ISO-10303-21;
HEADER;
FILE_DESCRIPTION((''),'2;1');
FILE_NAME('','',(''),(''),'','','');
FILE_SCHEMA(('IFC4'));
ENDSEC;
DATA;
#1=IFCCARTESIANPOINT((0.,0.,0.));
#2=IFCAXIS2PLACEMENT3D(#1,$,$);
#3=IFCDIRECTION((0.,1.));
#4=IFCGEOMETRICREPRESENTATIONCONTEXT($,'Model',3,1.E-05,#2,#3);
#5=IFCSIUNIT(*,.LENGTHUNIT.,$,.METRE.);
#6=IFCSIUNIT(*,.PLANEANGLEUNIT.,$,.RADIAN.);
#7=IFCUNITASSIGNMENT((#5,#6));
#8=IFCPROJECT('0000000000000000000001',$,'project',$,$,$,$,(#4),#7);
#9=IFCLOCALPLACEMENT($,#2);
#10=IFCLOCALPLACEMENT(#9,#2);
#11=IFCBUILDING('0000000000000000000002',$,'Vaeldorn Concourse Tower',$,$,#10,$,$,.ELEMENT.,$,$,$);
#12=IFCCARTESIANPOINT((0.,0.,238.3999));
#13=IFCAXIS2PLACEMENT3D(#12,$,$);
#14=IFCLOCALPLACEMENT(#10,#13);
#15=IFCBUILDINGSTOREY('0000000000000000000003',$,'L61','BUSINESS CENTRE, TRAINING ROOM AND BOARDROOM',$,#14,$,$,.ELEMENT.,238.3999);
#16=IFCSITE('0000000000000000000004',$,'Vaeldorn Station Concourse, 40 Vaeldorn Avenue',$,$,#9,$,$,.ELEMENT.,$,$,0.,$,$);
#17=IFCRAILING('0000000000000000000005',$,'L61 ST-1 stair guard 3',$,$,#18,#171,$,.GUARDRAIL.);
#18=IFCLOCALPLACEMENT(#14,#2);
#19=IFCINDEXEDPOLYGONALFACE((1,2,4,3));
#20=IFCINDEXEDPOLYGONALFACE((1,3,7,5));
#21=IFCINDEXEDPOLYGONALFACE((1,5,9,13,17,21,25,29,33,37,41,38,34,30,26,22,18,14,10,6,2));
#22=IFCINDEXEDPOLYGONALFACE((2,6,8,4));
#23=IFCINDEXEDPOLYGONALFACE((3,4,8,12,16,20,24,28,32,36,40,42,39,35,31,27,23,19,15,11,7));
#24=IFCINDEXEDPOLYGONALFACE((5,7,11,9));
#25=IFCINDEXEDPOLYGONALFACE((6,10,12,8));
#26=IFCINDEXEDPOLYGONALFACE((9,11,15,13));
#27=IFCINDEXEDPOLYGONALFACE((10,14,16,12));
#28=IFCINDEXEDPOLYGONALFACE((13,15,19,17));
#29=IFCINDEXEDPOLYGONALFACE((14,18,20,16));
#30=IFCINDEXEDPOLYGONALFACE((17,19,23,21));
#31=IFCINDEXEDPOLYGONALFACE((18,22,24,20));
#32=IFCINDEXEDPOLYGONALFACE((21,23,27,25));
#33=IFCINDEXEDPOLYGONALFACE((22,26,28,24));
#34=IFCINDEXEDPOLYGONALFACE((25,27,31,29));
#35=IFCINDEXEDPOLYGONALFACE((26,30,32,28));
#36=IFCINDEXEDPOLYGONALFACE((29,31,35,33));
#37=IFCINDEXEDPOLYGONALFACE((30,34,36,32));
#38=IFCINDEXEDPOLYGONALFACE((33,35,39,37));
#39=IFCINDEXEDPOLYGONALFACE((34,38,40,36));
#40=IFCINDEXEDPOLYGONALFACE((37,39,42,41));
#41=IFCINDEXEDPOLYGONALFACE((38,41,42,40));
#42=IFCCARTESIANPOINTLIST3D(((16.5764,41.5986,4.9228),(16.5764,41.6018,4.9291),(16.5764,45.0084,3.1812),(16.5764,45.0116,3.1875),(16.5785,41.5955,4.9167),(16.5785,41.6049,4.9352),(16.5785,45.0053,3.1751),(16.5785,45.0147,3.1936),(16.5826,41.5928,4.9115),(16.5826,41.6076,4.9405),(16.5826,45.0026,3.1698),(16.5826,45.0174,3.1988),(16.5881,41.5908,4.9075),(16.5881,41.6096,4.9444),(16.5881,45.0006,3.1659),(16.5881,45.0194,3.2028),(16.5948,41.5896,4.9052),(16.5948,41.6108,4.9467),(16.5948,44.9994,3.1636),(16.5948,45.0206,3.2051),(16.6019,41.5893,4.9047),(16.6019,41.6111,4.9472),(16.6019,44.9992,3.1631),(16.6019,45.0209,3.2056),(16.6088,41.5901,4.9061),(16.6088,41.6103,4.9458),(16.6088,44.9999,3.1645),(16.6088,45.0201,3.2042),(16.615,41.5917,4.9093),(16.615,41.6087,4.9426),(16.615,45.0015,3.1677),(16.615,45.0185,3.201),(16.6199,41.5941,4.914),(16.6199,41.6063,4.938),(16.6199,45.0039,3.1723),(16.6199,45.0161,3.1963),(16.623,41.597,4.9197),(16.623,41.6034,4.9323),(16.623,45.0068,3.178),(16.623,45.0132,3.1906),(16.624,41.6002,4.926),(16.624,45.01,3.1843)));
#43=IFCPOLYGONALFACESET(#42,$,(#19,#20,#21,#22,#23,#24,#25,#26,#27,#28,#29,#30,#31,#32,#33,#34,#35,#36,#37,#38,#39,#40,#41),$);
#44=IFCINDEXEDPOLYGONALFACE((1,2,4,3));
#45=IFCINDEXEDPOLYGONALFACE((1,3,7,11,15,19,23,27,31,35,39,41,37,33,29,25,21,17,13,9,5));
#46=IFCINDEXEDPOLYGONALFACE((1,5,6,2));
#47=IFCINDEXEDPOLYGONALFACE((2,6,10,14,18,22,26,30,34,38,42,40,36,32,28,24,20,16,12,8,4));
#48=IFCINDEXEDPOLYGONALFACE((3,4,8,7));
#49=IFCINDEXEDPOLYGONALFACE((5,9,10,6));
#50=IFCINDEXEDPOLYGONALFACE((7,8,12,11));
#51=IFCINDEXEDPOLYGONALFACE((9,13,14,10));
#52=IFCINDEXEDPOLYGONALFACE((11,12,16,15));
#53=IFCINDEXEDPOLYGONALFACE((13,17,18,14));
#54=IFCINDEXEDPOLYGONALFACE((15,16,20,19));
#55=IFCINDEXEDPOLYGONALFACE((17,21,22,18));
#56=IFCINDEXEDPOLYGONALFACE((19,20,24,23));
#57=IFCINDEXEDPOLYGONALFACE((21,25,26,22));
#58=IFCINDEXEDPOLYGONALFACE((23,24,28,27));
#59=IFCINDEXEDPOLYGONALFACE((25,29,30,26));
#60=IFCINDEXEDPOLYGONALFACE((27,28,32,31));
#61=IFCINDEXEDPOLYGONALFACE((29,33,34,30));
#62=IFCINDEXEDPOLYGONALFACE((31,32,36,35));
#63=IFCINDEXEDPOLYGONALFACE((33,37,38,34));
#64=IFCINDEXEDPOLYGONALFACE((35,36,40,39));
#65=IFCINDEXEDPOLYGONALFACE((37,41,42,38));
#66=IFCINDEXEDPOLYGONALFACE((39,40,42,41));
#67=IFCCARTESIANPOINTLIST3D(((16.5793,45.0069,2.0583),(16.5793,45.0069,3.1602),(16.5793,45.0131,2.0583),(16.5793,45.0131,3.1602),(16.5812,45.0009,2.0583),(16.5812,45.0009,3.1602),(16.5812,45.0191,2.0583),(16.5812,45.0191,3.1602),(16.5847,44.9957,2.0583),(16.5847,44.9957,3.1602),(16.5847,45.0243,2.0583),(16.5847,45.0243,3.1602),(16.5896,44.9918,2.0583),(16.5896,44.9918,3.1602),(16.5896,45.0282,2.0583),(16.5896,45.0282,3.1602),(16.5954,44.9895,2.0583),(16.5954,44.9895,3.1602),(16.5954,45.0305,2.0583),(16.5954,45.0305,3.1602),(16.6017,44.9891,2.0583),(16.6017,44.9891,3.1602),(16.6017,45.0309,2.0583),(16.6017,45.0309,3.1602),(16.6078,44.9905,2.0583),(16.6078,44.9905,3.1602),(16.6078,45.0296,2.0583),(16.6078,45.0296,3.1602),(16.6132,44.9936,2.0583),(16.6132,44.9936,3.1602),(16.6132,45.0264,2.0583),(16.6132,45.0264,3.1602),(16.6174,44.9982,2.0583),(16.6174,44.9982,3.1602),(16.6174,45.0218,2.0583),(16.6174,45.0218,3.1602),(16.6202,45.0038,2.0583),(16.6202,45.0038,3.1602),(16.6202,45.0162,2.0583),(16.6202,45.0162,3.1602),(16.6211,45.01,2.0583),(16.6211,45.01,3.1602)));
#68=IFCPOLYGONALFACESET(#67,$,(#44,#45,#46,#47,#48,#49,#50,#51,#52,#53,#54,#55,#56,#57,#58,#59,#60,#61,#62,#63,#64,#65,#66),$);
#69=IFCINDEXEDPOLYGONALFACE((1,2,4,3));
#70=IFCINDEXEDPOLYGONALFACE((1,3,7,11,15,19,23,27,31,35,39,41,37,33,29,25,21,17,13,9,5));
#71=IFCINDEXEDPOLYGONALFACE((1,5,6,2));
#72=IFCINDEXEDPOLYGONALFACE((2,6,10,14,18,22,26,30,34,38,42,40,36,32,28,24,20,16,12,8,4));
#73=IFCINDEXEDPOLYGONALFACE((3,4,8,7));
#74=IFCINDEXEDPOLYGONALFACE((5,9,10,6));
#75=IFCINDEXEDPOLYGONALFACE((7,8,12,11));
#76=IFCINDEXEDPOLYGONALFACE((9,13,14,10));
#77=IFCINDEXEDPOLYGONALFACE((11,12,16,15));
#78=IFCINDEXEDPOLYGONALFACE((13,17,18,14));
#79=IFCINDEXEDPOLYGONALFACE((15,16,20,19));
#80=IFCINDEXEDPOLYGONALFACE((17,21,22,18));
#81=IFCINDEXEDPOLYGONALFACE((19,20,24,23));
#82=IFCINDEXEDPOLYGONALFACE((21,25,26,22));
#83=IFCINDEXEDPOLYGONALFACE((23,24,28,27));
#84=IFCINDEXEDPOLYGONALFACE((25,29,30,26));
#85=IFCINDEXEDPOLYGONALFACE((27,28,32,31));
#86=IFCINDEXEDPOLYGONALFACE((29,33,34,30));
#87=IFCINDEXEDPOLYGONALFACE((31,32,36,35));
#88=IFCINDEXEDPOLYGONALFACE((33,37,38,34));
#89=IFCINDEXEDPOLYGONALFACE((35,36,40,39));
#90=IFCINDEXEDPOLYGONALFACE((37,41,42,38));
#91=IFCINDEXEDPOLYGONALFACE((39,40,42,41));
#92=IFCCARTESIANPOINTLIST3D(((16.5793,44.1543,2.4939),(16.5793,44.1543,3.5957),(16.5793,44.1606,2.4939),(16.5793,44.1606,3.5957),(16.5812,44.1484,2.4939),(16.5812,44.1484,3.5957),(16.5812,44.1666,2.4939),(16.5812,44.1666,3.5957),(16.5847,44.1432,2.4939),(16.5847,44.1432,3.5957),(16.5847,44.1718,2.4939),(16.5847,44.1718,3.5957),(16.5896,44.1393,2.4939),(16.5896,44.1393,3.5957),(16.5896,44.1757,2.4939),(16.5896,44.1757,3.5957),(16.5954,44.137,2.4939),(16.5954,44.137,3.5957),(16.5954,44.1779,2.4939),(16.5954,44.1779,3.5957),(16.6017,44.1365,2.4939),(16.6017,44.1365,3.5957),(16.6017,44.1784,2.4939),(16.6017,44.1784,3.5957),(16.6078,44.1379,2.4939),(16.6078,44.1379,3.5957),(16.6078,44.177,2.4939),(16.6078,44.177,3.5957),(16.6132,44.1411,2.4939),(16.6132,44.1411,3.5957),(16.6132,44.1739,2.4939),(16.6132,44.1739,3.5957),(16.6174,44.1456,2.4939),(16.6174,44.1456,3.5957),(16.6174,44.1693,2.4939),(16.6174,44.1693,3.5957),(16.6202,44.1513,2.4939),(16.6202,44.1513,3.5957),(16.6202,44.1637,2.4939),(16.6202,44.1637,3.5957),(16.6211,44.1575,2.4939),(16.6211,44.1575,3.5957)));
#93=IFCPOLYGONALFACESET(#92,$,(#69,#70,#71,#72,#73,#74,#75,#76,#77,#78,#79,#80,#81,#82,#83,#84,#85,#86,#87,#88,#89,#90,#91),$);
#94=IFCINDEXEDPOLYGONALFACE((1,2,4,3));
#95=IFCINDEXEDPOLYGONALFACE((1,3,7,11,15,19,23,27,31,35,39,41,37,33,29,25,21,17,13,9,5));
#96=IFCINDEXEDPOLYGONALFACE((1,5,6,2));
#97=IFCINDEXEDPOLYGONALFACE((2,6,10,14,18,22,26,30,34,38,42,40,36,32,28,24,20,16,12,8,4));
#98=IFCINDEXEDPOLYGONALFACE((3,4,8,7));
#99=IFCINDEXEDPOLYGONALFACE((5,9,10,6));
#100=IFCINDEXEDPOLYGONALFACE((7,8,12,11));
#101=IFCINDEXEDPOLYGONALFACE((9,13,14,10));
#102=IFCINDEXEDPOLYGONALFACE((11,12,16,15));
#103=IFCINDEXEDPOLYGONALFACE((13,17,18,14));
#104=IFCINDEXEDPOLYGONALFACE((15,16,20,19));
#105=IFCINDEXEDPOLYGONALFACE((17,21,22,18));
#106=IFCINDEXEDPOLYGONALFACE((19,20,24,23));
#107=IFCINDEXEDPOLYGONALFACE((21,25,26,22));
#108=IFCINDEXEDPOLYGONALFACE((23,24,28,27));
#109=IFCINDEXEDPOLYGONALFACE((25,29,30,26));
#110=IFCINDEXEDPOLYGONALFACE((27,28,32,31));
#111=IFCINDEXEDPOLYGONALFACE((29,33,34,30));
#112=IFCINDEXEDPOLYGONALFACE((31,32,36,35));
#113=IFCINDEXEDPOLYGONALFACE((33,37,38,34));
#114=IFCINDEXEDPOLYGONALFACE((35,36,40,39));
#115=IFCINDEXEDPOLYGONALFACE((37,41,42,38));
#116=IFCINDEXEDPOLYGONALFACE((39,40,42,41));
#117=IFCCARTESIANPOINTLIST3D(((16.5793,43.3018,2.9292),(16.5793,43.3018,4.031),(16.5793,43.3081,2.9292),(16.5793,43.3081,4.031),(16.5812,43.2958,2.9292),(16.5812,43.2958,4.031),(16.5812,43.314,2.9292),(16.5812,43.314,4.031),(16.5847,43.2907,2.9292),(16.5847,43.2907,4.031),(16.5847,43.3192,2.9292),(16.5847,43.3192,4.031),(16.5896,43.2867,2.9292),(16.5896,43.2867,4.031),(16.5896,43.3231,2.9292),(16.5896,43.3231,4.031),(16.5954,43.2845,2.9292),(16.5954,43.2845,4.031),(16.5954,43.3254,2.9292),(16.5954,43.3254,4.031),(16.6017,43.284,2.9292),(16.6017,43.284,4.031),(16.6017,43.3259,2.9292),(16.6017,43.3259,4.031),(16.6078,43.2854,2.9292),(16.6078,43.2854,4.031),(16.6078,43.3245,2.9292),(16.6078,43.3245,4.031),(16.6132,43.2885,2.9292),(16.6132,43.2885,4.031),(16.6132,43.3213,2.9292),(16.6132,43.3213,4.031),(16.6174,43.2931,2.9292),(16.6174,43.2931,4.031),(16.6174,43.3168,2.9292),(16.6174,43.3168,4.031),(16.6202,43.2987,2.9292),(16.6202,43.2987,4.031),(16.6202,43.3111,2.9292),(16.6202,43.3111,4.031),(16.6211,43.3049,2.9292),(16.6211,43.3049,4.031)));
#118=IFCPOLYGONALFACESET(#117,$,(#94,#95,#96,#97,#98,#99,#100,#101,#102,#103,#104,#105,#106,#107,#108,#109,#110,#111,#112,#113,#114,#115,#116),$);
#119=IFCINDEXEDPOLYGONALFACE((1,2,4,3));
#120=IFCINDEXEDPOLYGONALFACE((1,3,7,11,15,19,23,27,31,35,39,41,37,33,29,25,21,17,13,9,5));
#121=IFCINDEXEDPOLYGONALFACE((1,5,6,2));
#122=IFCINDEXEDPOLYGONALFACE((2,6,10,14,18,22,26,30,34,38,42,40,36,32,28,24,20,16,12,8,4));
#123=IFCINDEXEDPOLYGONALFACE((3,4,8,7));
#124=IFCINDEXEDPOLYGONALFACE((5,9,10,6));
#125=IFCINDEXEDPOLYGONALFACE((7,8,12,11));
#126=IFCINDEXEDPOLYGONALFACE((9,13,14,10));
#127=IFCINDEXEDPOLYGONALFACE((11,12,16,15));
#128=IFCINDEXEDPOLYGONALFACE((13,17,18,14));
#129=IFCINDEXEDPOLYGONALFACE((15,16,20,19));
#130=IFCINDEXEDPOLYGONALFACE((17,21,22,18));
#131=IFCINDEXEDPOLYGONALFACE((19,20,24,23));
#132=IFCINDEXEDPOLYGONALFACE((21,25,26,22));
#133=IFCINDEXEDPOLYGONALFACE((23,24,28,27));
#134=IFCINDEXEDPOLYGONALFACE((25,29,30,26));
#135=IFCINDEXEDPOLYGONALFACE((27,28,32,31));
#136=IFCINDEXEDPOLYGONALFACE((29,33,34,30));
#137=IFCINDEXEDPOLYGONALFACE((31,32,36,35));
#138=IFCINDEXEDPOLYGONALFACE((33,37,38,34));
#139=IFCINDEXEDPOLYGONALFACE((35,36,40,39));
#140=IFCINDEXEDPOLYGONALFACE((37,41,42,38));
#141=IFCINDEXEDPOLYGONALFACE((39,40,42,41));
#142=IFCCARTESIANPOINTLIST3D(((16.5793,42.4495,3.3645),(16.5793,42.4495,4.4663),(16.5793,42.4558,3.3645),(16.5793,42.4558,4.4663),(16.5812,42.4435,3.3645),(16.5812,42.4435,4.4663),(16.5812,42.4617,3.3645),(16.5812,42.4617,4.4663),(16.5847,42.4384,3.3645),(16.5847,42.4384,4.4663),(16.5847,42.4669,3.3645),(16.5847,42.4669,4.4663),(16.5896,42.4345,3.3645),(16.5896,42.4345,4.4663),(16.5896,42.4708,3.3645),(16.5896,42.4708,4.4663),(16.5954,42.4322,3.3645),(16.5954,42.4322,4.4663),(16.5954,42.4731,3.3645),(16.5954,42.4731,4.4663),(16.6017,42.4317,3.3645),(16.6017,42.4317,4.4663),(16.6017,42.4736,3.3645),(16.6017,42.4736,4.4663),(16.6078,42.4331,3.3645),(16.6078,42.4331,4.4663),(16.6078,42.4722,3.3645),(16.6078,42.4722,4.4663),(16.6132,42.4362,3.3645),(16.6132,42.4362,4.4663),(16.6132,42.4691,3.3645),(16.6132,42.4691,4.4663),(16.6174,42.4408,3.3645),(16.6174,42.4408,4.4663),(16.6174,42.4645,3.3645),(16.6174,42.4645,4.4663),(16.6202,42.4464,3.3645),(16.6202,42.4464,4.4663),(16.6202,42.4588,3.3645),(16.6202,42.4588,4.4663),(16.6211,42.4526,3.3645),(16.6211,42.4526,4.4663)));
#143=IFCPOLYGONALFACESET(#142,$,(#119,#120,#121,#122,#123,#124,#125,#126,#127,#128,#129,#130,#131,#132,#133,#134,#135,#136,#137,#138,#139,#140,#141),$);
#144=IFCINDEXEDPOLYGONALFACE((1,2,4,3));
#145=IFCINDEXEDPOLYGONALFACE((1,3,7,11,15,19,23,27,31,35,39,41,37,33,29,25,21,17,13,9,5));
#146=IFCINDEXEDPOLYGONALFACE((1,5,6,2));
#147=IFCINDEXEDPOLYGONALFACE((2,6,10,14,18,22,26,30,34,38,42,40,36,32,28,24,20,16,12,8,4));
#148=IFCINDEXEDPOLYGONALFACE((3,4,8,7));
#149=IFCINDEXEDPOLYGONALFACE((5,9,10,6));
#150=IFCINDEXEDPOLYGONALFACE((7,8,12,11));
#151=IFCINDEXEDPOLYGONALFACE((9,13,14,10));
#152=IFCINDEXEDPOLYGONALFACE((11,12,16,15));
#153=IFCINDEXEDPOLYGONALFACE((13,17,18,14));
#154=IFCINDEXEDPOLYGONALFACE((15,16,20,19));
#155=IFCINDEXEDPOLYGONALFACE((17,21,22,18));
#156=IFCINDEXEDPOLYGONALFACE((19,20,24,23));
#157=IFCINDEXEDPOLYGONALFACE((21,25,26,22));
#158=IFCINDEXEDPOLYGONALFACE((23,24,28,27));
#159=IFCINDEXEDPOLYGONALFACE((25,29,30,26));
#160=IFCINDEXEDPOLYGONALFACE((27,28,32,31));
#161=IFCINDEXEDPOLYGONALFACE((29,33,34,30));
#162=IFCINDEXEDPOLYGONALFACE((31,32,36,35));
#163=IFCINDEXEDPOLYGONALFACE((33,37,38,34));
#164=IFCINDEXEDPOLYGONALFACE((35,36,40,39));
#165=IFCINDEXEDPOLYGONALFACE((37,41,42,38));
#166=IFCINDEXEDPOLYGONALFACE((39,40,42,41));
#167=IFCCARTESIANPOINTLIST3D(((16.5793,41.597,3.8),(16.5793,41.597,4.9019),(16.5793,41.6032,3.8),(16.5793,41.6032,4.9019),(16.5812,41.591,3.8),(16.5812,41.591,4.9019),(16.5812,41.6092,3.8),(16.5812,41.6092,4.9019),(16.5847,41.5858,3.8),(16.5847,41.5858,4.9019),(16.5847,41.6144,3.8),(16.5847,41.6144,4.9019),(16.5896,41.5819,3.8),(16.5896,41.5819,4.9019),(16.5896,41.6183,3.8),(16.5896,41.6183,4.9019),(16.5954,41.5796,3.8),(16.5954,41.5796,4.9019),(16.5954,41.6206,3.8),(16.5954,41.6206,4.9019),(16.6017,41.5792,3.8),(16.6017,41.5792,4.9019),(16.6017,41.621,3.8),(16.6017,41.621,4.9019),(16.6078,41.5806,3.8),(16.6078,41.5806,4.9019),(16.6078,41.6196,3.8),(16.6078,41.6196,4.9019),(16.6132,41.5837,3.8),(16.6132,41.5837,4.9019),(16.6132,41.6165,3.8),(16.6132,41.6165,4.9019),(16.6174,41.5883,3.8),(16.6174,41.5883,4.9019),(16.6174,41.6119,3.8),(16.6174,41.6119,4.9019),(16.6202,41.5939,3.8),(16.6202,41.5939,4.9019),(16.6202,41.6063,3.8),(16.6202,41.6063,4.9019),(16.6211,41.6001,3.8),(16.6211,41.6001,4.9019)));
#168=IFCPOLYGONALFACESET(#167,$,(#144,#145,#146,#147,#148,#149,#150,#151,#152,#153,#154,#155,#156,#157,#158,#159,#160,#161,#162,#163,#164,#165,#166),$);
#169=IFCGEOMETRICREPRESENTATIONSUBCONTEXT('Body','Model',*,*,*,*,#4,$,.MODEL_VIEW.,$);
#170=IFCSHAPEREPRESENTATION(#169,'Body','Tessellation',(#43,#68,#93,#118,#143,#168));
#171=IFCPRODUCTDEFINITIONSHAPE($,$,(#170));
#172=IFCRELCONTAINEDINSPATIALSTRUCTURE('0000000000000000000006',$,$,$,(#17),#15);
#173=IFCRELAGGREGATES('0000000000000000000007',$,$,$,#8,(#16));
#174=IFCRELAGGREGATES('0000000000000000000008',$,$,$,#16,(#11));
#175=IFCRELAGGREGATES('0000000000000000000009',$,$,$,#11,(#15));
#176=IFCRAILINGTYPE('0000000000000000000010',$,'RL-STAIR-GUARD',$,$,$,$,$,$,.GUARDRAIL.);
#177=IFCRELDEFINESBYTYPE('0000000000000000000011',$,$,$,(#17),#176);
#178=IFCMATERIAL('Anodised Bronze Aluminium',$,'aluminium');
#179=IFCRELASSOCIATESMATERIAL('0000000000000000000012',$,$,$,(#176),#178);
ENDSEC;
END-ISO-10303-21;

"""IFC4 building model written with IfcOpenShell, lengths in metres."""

from ifc_helpers import new_model, si_unit, direction, frame, origin, origin_2d, place, context, subcontext, project, spatial, circle, extrude, material, type_object, element, save


model = new_model("IFC4")

# Units and contexts
model_context = context("Model", 3, precision=1e-05, world=origin(), true_north=direction((0.0, 1.0)))
body_context = subcontext(model_context, "Body", "Model", "MODEL_VIEW")
ifc_project = project(units=[si_unit("LENGTHUNIT", "METRE"), si_unit("PLANEANGLEUNIT", "RADIAN")], contexts=[model_context])

# Site, building, storey
site_placement = place(None, origin())
site = spatial("IfcSite", under=ifc_project, at=site_placement, Name="Vaeldorn Station Concourse, 40 Vaeldorn Avenue", CompositionType="ELEMENT", RefElevation=0.0)
building_placement = place(site_placement, origin())
building = spatial("IfcBuilding", under=site, at=building_placement, Name="Vaeldorn Concourse Tower", CompositionType="ELEMENT")
storey_placement = place(building_placement, frame((0.0, 0.0, 238.3999)))
storey = spatial("IfcBuildingStorey", under=building, at=storey_placement, Name="L61", Description="BUSINESS CENTRE, TRAINING ROOM AND BOARDROOM", CompositionType="ELEMENT", Elevation=238.3999)

# Shared definitions
ifc_material_1 = material(Name="Anodised Bronze Aluminium", Category="aluminium")

# Railing
railing_type_1 = type_object("IfcRailingType", Name="RL-STAIR-GUARD", PredefinedType="GUARDRAIL", material=ifc_material_1)
railing_1_placement = place(storey_placement, frame((16.6001, 45.01, 2.0583)))
element("IfcRailing", 1, at=railing_1_placement, inside=storey, type_object=railing_type_1, Name="L61 ST-1 stair guard 3", PredefinedType="GUARDRAIL", context=body_context, shape_type="SweptSolid", body=[
    extrude(circle(Radius=0.0239, at=origin_2d()), frame((0.0, 0.0, 1.126), z_axis=(0.0, -0.890556, 0.454874), x_axis=(1.0, 0.0, 0.0)), (0.0, 0.0, 1.0), 3.8289),
    extrude(circle(Radius=0.021, at=origin_2d()), origin(), (0.0, 0.0, 1.0), 1.1018),
    extrude(circle(Radius=0.021, at=origin_2d()), frame((0.0, -0.8525, 0.4355)), (0.0, 0.0, 1.0), 1.1018),
    extrude(circle(Radius=0.021, at=origin_2d()), frame((0.0, -1.7051, 0.8708)), (0.0, 0.0, 1.0), 1.1018),
    extrude(circle(Radius=0.021, at=origin_2d()), frame((0.0, -2.5574, 1.3062)), (0.0, 0.0, 1.0), 1.1018),
    extrude(circle(Radius=0.021, at=origin_2d()), frame((0.0, -3.4099, 1.7417)), (0.0, 0.0, 1.0), 1.1018),
])

save(model, "model.ifc")
